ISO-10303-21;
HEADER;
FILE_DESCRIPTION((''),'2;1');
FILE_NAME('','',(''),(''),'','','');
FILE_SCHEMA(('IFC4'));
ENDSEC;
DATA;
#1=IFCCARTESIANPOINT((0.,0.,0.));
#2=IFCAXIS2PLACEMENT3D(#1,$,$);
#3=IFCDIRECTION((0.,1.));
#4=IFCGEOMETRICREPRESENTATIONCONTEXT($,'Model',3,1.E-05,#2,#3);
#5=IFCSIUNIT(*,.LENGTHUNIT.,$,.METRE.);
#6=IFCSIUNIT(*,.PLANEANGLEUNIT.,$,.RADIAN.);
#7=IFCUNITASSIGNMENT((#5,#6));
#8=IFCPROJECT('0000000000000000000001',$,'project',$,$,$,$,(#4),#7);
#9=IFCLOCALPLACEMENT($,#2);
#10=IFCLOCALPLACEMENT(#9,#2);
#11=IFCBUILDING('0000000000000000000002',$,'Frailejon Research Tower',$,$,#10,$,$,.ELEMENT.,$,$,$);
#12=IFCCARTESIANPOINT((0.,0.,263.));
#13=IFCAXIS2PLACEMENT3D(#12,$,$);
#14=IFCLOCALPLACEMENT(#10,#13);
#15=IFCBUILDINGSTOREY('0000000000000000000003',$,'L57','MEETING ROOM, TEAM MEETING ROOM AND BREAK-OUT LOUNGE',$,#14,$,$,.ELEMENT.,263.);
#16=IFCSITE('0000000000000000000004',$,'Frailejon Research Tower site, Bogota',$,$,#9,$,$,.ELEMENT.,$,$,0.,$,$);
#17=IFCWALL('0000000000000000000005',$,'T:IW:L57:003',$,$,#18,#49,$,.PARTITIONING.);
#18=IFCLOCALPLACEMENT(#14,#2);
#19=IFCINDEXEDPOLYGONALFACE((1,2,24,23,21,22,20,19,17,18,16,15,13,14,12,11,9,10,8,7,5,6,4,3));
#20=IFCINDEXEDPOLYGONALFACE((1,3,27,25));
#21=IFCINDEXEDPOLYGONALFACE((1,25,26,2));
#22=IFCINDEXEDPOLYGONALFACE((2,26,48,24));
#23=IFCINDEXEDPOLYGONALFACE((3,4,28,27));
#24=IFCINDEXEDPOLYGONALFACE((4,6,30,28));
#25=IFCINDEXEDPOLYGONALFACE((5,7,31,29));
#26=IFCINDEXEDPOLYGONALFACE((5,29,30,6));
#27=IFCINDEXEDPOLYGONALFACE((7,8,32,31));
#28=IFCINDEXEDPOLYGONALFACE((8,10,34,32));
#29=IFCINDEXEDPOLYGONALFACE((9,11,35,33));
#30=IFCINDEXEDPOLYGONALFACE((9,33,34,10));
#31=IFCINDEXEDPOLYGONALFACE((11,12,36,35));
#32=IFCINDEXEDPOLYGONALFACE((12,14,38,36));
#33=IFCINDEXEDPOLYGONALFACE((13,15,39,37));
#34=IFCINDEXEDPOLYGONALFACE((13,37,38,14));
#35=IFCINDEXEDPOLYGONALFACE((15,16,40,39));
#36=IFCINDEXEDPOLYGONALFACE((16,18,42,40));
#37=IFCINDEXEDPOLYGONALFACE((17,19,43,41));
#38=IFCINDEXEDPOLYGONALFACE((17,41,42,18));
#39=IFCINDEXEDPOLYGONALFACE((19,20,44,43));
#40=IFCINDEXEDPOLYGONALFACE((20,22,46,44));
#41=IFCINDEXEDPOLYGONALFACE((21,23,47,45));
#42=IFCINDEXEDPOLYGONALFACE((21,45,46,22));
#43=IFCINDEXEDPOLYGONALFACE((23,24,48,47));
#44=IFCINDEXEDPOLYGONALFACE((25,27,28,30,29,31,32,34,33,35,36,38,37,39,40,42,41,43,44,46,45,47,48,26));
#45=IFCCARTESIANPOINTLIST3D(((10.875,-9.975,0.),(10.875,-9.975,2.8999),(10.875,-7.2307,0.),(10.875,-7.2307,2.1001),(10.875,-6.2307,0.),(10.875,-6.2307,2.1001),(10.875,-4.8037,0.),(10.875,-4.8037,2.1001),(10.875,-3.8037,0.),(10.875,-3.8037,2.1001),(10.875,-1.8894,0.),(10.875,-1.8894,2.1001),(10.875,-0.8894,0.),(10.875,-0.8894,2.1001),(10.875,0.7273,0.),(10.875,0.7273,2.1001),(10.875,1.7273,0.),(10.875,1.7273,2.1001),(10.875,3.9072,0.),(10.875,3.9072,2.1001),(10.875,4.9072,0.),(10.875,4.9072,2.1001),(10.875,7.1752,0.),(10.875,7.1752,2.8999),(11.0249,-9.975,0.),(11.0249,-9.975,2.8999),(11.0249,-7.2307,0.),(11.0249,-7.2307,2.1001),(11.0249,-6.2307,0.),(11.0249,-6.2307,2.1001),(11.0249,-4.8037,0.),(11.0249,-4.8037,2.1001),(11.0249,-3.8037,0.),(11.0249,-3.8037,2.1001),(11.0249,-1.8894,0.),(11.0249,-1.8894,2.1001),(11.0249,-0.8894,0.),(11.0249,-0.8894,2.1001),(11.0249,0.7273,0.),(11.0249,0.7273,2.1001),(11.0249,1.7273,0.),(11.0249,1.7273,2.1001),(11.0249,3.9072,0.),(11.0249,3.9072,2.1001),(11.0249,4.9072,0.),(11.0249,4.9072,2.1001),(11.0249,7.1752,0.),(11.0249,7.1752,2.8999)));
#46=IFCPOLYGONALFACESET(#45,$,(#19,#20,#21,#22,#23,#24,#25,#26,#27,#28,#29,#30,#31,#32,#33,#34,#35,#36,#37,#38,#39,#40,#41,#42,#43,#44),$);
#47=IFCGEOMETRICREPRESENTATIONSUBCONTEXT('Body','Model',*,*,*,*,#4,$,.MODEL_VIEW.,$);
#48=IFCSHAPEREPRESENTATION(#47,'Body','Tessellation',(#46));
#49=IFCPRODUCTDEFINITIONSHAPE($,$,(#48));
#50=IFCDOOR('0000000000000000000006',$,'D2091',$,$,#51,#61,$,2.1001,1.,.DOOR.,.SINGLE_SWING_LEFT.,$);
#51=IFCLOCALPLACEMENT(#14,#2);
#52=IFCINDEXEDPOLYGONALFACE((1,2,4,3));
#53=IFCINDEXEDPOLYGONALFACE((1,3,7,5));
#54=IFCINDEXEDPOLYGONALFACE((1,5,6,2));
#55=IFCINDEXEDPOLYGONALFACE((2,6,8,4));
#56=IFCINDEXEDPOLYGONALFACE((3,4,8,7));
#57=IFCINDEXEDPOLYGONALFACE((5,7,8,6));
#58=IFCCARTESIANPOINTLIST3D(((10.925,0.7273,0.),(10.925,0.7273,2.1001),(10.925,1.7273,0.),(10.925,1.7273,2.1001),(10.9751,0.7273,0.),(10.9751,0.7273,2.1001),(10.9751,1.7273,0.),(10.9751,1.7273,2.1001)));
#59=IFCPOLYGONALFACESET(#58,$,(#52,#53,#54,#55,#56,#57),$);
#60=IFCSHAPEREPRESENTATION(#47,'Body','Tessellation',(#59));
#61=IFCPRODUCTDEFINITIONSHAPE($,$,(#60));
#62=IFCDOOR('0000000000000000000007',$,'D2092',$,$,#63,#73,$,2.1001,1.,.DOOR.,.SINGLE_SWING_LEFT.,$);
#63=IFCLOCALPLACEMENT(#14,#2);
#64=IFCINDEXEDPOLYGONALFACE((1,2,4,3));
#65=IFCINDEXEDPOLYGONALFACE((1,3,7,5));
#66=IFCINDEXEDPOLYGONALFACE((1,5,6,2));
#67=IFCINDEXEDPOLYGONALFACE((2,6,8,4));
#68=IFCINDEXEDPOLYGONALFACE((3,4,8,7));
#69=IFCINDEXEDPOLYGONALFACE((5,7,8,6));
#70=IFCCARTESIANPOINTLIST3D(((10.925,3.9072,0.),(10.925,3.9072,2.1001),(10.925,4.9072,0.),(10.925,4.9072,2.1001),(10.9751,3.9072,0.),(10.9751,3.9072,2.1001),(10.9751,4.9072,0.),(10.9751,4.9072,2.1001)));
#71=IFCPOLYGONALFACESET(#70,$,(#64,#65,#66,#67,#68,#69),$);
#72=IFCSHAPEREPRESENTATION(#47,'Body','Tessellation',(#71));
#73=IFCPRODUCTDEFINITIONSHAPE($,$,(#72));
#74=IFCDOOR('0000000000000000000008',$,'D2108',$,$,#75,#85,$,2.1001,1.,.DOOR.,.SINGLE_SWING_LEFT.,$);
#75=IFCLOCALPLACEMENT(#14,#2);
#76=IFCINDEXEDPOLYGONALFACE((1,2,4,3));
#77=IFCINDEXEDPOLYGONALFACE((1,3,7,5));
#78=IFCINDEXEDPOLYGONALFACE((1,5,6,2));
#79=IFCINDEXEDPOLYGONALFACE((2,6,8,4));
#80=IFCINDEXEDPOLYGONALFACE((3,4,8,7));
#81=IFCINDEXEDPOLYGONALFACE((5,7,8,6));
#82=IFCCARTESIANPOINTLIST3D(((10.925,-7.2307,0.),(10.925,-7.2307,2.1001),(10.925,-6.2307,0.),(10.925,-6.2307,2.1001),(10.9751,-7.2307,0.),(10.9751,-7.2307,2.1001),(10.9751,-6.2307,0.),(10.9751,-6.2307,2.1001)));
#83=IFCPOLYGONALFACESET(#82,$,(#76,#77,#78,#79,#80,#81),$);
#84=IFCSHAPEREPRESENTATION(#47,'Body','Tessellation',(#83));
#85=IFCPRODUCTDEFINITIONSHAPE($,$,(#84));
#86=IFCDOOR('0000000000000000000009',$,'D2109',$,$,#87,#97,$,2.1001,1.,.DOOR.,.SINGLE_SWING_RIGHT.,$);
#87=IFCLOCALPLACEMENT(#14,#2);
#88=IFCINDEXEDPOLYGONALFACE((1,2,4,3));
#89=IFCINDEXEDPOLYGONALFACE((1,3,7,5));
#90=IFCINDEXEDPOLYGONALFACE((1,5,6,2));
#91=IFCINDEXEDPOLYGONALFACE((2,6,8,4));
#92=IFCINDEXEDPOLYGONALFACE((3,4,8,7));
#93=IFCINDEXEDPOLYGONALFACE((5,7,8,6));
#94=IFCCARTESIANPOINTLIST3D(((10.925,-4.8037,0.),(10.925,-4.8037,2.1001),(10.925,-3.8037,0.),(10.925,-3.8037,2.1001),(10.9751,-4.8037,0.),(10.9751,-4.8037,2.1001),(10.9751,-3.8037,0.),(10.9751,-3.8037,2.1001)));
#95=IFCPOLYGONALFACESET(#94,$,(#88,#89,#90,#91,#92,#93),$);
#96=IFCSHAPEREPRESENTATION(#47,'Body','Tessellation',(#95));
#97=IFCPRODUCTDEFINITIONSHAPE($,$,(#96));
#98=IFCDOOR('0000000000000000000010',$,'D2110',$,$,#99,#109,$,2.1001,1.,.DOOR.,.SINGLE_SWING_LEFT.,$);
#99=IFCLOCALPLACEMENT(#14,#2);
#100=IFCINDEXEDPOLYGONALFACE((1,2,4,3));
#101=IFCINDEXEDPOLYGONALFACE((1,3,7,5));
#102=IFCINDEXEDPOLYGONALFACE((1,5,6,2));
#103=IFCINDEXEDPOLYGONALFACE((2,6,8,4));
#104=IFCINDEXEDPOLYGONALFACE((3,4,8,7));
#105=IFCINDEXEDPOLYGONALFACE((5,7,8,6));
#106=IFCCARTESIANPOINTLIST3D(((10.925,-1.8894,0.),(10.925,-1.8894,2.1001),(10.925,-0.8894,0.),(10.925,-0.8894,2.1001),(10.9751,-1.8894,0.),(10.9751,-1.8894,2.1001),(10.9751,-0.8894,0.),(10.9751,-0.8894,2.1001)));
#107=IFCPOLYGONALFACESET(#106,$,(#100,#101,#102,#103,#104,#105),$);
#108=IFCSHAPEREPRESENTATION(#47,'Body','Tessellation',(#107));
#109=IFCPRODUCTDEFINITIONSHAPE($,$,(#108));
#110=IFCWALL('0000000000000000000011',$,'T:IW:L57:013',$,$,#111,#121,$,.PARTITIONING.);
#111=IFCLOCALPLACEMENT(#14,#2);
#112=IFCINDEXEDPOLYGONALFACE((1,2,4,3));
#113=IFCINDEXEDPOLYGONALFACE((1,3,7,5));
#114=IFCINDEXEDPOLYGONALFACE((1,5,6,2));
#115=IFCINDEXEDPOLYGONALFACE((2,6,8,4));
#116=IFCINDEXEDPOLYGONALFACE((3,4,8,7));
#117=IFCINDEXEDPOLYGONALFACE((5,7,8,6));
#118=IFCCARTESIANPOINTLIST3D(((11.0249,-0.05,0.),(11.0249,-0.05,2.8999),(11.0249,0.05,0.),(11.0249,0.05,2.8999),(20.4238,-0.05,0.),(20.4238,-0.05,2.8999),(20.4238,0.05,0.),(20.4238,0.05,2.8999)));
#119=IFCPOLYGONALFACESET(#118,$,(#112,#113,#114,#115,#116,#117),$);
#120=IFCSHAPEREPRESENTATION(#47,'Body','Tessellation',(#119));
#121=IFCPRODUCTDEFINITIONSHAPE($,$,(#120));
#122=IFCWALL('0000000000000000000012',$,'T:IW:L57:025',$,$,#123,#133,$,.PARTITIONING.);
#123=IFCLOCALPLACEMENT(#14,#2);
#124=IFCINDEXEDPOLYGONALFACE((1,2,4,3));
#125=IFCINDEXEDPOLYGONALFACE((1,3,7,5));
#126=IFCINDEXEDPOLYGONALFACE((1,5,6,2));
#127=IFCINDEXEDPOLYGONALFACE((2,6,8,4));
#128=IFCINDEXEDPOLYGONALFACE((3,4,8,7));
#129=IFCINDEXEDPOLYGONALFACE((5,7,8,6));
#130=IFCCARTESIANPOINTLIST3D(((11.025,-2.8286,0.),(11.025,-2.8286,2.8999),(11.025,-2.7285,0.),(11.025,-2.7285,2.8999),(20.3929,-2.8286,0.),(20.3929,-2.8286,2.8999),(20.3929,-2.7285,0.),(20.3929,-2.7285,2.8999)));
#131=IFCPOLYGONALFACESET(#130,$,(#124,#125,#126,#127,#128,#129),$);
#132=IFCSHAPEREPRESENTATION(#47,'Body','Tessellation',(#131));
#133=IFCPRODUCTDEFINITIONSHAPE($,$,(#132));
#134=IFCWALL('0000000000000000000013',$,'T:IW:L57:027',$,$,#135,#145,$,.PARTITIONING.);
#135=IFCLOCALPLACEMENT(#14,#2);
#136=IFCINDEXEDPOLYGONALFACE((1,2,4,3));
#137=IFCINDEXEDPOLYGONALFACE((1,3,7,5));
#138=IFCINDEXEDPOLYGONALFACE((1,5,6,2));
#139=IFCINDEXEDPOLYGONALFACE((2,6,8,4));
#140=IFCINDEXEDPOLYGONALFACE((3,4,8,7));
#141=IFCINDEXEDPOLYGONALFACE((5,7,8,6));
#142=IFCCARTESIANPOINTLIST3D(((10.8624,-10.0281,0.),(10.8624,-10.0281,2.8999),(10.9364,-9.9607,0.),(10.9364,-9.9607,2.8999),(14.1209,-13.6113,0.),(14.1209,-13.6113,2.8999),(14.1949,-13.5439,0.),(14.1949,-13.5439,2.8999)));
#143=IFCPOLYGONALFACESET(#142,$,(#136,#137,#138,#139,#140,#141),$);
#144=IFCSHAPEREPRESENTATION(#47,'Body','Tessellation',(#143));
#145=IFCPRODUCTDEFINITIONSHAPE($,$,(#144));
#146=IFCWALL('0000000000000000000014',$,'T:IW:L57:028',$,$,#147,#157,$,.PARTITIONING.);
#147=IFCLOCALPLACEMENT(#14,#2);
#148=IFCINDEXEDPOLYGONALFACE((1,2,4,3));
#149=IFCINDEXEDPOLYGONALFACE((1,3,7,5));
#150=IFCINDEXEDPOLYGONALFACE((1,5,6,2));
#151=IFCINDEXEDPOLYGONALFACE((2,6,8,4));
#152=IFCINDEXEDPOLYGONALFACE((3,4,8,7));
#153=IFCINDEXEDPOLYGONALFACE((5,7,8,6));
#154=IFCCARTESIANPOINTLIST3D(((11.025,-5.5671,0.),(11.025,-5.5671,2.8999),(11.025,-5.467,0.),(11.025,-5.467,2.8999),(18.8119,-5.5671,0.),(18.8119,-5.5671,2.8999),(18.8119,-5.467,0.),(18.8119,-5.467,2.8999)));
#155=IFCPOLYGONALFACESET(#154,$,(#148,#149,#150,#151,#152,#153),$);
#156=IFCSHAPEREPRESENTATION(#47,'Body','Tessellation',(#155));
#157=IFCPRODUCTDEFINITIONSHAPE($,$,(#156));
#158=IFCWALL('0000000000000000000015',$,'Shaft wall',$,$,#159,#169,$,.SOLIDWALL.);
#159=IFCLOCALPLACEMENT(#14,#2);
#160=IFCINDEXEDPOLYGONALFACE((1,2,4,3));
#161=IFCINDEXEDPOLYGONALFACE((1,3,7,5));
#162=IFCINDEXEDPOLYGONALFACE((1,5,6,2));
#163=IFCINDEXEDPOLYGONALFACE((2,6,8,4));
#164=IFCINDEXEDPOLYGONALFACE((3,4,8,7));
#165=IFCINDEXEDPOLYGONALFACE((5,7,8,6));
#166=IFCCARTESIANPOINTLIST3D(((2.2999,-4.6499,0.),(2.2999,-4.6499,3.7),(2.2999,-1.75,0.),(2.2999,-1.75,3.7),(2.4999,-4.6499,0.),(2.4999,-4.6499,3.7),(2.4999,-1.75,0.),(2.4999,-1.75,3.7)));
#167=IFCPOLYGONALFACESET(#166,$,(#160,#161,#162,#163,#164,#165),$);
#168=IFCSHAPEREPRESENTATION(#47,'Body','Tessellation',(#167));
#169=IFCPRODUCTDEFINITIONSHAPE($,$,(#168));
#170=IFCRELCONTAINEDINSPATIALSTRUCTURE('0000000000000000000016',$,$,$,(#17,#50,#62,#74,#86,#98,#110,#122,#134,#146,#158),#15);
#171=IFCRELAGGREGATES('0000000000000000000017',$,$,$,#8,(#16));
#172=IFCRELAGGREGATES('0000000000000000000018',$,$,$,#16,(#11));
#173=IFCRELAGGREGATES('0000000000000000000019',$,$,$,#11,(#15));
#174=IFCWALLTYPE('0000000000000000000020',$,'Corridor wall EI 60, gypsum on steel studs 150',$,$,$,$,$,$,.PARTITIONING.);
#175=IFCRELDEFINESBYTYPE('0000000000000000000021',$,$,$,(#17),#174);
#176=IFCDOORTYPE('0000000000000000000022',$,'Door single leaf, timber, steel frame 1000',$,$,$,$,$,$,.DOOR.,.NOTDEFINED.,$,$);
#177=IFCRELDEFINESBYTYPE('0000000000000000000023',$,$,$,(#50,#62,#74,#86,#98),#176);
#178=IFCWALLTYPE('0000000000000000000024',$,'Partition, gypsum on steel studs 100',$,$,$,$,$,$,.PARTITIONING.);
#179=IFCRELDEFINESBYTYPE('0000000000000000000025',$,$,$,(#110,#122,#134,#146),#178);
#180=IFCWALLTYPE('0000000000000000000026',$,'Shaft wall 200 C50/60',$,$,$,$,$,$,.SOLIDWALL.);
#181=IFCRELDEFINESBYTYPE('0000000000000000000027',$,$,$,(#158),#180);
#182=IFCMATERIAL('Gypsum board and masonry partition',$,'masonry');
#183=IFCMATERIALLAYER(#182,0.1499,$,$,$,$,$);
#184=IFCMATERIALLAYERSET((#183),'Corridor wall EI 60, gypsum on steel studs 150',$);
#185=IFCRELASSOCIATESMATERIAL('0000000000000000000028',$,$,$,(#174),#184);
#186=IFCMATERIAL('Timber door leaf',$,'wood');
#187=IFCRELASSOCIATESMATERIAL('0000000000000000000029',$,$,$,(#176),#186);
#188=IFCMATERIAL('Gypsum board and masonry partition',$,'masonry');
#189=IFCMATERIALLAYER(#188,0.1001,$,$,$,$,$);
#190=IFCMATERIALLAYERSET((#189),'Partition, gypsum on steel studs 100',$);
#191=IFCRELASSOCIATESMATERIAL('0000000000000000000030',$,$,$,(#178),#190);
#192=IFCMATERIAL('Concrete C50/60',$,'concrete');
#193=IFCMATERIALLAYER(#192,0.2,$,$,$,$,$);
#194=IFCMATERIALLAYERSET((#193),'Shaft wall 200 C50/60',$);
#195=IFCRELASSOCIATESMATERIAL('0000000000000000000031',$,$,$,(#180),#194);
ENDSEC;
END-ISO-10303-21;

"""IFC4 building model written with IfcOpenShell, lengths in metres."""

from ifc_helpers import new_model, si_unit, direction, frame, frame_2d, origin, place, context, subcontext, project, spatial, rectangle, extrude, material, layer, layer_set, type_object, element, fill, save


model = new_model("IFC4")

# Units and contexts
model_context = context("Model", 3, precision=1e-05, world=origin(), true_north=direction((0.0, 1.0)))
body_context = subcontext(model_context, "Body", "Model", "MODEL_VIEW")
ifc_project = project(units=[si_unit("LENGTHUNIT", "METRE"), si_unit("PLANEANGLEUNIT", "RADIAN")], contexts=[model_context])

# Site, building, storey
site_placement = place(None, origin())
site = spatial("IfcSite", under=ifc_project, at=site_placement, Name="Frailejon Research Tower site, Bogota", CompositionType="ELEMENT", RefElevation=0.0)
building_placement = place(site_placement, origin())
building = spatial("IfcBuilding", under=site, at=building_placement, Name="Frailejon Research Tower", CompositionType="ELEMENT")
storey_placement = place(building_placement, frame((0.0, 0.0, 263.0)))
storey = spatial("IfcBuildingStorey", under=building, at=storey_placement, Name="L57", Description="MEETING ROOM, TEAM MEETING ROOM AND BREAK-OUT LOUNGE", CompositionType="ELEMENT", Elevation=263.0)

# Wall, openings, doors
ifc_material_1 = material(Name="Gypsum board and masonry partition", Category="masonry")
ifc_layer_1 = layer(ifc_material_1, 0.1499)
ifc_layer_set_1 = layer_set([ifc_layer_1], Name="Corridor wall EI 60, gypsum on steel studs 150")
wall_type_1 = type_object("IfcWallType", Name="Corridor wall EI 60, gypsum on steel studs 150", PredefinedType="PARTITIONING", material=ifc_layer_set_1)
wall_1_placement = place(storey_placement, frame((10.95, -9.9751, 0.0), z_axis=(0.0, 0.0, 1.0), x_axis=(0.0, 1.0, 0.0)))
wall_1 = element("IfcWall", 1, at=wall_1_placement, inside=storey, type_object=wall_type_1, Name="T:IW:L57:003", PredefinedType="PARTITIONING", context=body_context, shape_type="SweptSolid", body=[
    extrude(rectangle(XDim=17.1501, YDim=0.1499, at=frame_2d((8.5752, 0.0))), origin(), (0.0, 0.0, 1.0), 2.8999),
])
opening_1_placement = place(wall_1_placement, frame((10.7024, 0.0, 0.0)))
opening_1 = element("IfcOpeningElement", 2, at=opening_1_placement, cuts=wall_1, PredefinedType="OPENING", context=body_context, shape_type="SweptSolid", body=[
    extrude(rectangle(XDim=1.0, YDim=2.1001, at=frame_2d((0.5, 1.05))), frame((0.0, 0.085, 0.0), z_axis=(0.0, -1.0, 0.0), x_axis=(1.0, 0.0, 0.0)), (0.0, 0.0, 1.0), 0.1699),
])
opening_2_placement = place(wall_1_placement, frame((13.8823, 0.0, 0.0)))
opening_2 = element("IfcOpeningElement", 3, at=opening_2_placement, cuts=wall_1, PredefinedType="OPENING", context=body_context, shape_type="SweptSolid", body=[
    extrude(rectangle(XDim=1.0, YDim=2.1001, at=frame_2d((0.5, 1.05))), frame((0.0, 0.085, 0.0), z_axis=(0.0, -1.0, 0.0), x_axis=(1.0, 0.0, 0.0)), (0.0, 0.0, 1.0), 0.1699),
])
opening_3_placement = place(wall_1_placement, frame((2.7444, 0.0, 0.0)))
opening_3 = element("IfcOpeningElement", 4, at=opening_3_placement, cuts=wall_1, PredefinedType="OPENING", context=body_context, shape_type="SweptSolid", body=[
    extrude(rectangle(XDim=1.0, YDim=2.1001, at=frame_2d((0.5, 1.05))), frame((0.0, 0.085, 0.0), z_axis=(0.0, -1.0, 0.0), x_axis=(1.0, 0.0, 0.0)), (0.0, 0.0, 1.0), 0.1699),
])
opening_4_placement = place(wall_1_placement, frame((5.1714, 0.0, 0.0)))
opening_4 = element("IfcOpeningElement", 5, at=opening_4_placement, cuts=wall_1, PredefinedType="OPENING", context=body_context, shape_type="SweptSolid", body=[
    extrude(rectangle(XDim=1.0, YDim=2.1001, at=frame_2d((0.5, 1.05))), frame((0.0, 0.085, 0.0), z_axis=(0.0, -1.0, 0.0), x_axis=(1.0, 0.0, 0.0)), (0.0, 0.0, 1.0), 0.1699),
])
opening_5_placement = place(wall_1_placement, frame((8.0857, 0.0, 0.0)))
opening_5 = element("IfcOpeningElement", 6, at=opening_5_placement, cuts=wall_1, PredefinedType="OPENING", context=body_context, shape_type="SweptSolid", body=[
    extrude(rectangle(XDim=1.0, YDim=2.1001, at=frame_2d((0.5, 1.05))), frame((0.0, 0.085, 0.0), z_axis=(0.0, -1.0, 0.0), x_axis=(1.0, 0.0, 0.0)), (0.0, 0.0, 1.0), 0.1699),
])
ifc_material_2 = material(Name="Timber door leaf", Category="wood")
door_type_1 = type_object("IfcDoorType", Name="Door single leaf, timber, steel frame 1000", OperationType="NOTDEFINED", PredefinedType="DOOR", material=ifc_material_2)
door_1_placement = place(opening_1_placement, origin())
door_1 = element("IfcDoor", 7, at=door_1_placement, inside=storey, type_object=door_type_1, Name="D2091", OperationType="SINGLE_SWING_LEFT", OverallHeight=2.1001, OverallWidth=1.0, PredefinedType="DOOR", context=body_context, shape_type="SweptSolid", body=[
    extrude(rectangle(XDim=1.0, YDim=2.1001, at=frame_2d((0.5, 1.05))), frame((0.0, 0.0249, 0.0), z_axis=(0.0, -1.0, 0.0), x_axis=(1.0, 0.0, 0.0)), (0.0, 0.0, 1.0), 0.05),
])
fill(opening_1, door_1)
door_2_placement = place(opening_2_placement, origin())
door_2 = element("IfcDoor", 8, at=door_2_placement, inside=storey, type_object=door_type_1, Name="D2092", OperationType="SINGLE_SWING_LEFT", OverallHeight=2.1001, OverallWidth=1.0, PredefinedType="DOOR", context=body_context, shape_type="SweptSolid", body=[
    extrude(rectangle(XDim=1.0, YDim=2.1001, at=frame_2d((0.5, 1.05))), frame((0.0, 0.0249, 0.0), z_axis=(0.0, -1.0, 0.0), x_axis=(1.0, 0.0, 0.0)), (0.0, 0.0, 1.0), 0.05),
])
fill(opening_2, door_2)
door_3_placement = place(opening_3_placement, origin())
door_3 = element("IfcDoor", 9, at=door_3_placement, inside=storey, type_object=door_type_1, Name="D2108", OperationType="SINGLE_SWING_LEFT", OverallHeight=2.1001, OverallWidth=1.0, PredefinedType="DOOR", context=body_context, shape_type="SweptSolid", body=[
    extrude(rectangle(XDim=1.0, YDim=2.1001, at=frame_2d((0.5, 1.05))), frame((0.0, 0.0249, 0.0), z_axis=(0.0, -1.0, 0.0), x_axis=(1.0, 0.0, 0.0)), (0.0, 0.0, 1.0), 0.05),
])
fill(opening_3, door_3)
door_4_placement = place(opening_4_placement, origin())
door_4 = element("IfcDoor", 10, at=door_4_placement, inside=storey, type_object=door_type_1, Name="D2109", OperationType="SINGLE_SWING_RIGHT", OverallHeight=2.1001, OverallWidth=1.0, PredefinedType="DOOR", context=body_context, shape_type="SweptSolid", body=[
    extrude(rectangle(XDim=1.0, YDim=2.1001, at=frame_2d((0.5, 1.05))), frame((0.0, 0.0249, 0.0), z_axis=(0.0, -1.0, 0.0), x_axis=(1.0, 0.0, 0.0)), (0.0, 0.0, 1.0), 0.05),
])
fill(opening_4, door_4)
door_5_placement = place(opening_5_placement, origin())
door_5 = element("IfcDoor", 11, at=door_5_placement, inside=storey, type_object=door_type_1, Name="D2110", OperationType="SINGLE_SWING_LEFT", OverallHeight=2.1001, OverallWidth=1.0, PredefinedType="DOOR", context=body_context, shape_type="SweptSolid", body=[
    extrude(rectangle(XDim=1.0, YDim=2.1001, at=frame_2d((0.5, 1.05))), frame((0.0, 0.0249, 0.0), z_axis=(0.0, -1.0, 0.0), x_axis=(1.0, 0.0, 0.0)), (0.0, 0.0, 1.0), 0.05),
])
fill(opening_5, door_5)

# Walls
ifc_material_3 = material(Name="Gypsum board and masonry partition", Category="masonry")
ifc_layer_2 = layer(ifc_material_3, 0.1001)
ifc_layer_set_2 = layer_set([ifc_layer_2], Name="Partition, gypsum on steel studs 100")
wall_type_2 = type_object("IfcWallType", Name="Partition, gypsum on steel studs 100", PredefinedType="PARTITIONING", material=ifc_layer_set_2)
wall_2_placement = place(storey_placement, frame((11.0249, 0.0, 0.0), z_axis=(0.0, 0.0, 1.0), x_axis=(1.0, 0.0, 0.0)))
element("IfcWall", 12, at=wall_2_placement, inside=storey, type_object=wall_type_2, Name="T:IW:L57:013", PredefinedType="PARTITIONING", context=body_context, shape_type="SweptSolid", body=[
    extrude(rectangle(XDim=9.3989, YDim=0.1001, at=frame_2d((4.6995, 0.0))), origin(), (0.0, 0.0, 1.0), 2.8999),
])
wall_3_placement = place(storey_placement, frame((11.0249, -2.7786, 0.0), z_axis=(0.0, 0.0, 1.0), x_axis=(1.0, 0.0, 0.0)))
element("IfcWall", 13, at=wall_3_placement, inside=storey, type_object=wall_type_2, Name="T:IW:L57:025", PredefinedType="PARTITIONING", context=body_context, shape_type="SweptSolid", body=[
    extrude(rectangle(XDim=9.3679, YDim=0.1001, at=frame_2d((4.6841, 0.0))), origin(), (0.0, 0.0, 1.0), 2.8999),
])
wall_4_placement = place(storey_placement, frame((10.8994, -9.9944, 0.0), z_axis=(0.0, 0.0, 1.0), x_axis=(0.672791, -0.739833, 0.0)))
element("IfcWall", 14, at=wall_4_placement, inside=storey, type_object=wall_type_2, Name="T:IW:L57:027", PredefinedType="PARTITIONING", context=body_context, shape_type="SweptSolid", body=[
    extrude(rectangle(XDim=4.8433, YDim=0.1001, at=frame_2d((2.4216, 0.0))), origin(), (0.0, 0.0, 1.0), 2.8999),
])
wall_5_placement = place(storey_placement, frame((11.0249, -5.5171, 0.0), z_axis=(0.0, 0.0, 1.0), x_axis=(1.0, 0.0, 0.0)))
element("IfcWall", 15, at=wall_5_placement, inside=storey, type_object=wall_type_2, Name="T:IW:L57:028", PredefinedType="PARTITIONING", context=body_context, shape_type="SweptSolid", body=[
    extrude(rectangle(XDim=7.7869, YDim=0.1001, at=frame_2d((3.8936, 0.0))), origin(), (0.0, 0.0, 1.0), 2.8999),
])
ifc_material_4 = material(Name="Concrete C50/60", Category="concrete")
ifc_layer_3 = layer(ifc_material_4, 0.2)
ifc_layer_set_3 = layer_set([ifc_layer_3], Name="Shaft wall 200 C50/60")
wall_type_3 = type_object("IfcWallType", Name="Shaft wall 200 C50/60", PredefinedType="SOLIDWALL", material=ifc_layer_set_3)
for number, where, z_axis, x_axis, name in (
    (16, (2.3999, -4.6499, 0.0), (0.0, 0.0, 1.0), (0.0, 1.0, 0.0), "Shaft wall"),
):
    element("IfcWall", number, at=place(storey_placement, frame(where, z_axis=z_axis, x_axis=x_axis)), inside=storey, type_object=wall_type_3, Name=name, PredefinedType="SOLIDWALL", context=body_context, shape_type="SweptSolid", body=[
        extrude(rectangle(XDim=2.8999, YDim=0.2, at=frame_2d((1.45, 0.0))), origin(), (0.0, 0.0, 1.0), 3.7),
    ])

save(model, "model.ifc")
